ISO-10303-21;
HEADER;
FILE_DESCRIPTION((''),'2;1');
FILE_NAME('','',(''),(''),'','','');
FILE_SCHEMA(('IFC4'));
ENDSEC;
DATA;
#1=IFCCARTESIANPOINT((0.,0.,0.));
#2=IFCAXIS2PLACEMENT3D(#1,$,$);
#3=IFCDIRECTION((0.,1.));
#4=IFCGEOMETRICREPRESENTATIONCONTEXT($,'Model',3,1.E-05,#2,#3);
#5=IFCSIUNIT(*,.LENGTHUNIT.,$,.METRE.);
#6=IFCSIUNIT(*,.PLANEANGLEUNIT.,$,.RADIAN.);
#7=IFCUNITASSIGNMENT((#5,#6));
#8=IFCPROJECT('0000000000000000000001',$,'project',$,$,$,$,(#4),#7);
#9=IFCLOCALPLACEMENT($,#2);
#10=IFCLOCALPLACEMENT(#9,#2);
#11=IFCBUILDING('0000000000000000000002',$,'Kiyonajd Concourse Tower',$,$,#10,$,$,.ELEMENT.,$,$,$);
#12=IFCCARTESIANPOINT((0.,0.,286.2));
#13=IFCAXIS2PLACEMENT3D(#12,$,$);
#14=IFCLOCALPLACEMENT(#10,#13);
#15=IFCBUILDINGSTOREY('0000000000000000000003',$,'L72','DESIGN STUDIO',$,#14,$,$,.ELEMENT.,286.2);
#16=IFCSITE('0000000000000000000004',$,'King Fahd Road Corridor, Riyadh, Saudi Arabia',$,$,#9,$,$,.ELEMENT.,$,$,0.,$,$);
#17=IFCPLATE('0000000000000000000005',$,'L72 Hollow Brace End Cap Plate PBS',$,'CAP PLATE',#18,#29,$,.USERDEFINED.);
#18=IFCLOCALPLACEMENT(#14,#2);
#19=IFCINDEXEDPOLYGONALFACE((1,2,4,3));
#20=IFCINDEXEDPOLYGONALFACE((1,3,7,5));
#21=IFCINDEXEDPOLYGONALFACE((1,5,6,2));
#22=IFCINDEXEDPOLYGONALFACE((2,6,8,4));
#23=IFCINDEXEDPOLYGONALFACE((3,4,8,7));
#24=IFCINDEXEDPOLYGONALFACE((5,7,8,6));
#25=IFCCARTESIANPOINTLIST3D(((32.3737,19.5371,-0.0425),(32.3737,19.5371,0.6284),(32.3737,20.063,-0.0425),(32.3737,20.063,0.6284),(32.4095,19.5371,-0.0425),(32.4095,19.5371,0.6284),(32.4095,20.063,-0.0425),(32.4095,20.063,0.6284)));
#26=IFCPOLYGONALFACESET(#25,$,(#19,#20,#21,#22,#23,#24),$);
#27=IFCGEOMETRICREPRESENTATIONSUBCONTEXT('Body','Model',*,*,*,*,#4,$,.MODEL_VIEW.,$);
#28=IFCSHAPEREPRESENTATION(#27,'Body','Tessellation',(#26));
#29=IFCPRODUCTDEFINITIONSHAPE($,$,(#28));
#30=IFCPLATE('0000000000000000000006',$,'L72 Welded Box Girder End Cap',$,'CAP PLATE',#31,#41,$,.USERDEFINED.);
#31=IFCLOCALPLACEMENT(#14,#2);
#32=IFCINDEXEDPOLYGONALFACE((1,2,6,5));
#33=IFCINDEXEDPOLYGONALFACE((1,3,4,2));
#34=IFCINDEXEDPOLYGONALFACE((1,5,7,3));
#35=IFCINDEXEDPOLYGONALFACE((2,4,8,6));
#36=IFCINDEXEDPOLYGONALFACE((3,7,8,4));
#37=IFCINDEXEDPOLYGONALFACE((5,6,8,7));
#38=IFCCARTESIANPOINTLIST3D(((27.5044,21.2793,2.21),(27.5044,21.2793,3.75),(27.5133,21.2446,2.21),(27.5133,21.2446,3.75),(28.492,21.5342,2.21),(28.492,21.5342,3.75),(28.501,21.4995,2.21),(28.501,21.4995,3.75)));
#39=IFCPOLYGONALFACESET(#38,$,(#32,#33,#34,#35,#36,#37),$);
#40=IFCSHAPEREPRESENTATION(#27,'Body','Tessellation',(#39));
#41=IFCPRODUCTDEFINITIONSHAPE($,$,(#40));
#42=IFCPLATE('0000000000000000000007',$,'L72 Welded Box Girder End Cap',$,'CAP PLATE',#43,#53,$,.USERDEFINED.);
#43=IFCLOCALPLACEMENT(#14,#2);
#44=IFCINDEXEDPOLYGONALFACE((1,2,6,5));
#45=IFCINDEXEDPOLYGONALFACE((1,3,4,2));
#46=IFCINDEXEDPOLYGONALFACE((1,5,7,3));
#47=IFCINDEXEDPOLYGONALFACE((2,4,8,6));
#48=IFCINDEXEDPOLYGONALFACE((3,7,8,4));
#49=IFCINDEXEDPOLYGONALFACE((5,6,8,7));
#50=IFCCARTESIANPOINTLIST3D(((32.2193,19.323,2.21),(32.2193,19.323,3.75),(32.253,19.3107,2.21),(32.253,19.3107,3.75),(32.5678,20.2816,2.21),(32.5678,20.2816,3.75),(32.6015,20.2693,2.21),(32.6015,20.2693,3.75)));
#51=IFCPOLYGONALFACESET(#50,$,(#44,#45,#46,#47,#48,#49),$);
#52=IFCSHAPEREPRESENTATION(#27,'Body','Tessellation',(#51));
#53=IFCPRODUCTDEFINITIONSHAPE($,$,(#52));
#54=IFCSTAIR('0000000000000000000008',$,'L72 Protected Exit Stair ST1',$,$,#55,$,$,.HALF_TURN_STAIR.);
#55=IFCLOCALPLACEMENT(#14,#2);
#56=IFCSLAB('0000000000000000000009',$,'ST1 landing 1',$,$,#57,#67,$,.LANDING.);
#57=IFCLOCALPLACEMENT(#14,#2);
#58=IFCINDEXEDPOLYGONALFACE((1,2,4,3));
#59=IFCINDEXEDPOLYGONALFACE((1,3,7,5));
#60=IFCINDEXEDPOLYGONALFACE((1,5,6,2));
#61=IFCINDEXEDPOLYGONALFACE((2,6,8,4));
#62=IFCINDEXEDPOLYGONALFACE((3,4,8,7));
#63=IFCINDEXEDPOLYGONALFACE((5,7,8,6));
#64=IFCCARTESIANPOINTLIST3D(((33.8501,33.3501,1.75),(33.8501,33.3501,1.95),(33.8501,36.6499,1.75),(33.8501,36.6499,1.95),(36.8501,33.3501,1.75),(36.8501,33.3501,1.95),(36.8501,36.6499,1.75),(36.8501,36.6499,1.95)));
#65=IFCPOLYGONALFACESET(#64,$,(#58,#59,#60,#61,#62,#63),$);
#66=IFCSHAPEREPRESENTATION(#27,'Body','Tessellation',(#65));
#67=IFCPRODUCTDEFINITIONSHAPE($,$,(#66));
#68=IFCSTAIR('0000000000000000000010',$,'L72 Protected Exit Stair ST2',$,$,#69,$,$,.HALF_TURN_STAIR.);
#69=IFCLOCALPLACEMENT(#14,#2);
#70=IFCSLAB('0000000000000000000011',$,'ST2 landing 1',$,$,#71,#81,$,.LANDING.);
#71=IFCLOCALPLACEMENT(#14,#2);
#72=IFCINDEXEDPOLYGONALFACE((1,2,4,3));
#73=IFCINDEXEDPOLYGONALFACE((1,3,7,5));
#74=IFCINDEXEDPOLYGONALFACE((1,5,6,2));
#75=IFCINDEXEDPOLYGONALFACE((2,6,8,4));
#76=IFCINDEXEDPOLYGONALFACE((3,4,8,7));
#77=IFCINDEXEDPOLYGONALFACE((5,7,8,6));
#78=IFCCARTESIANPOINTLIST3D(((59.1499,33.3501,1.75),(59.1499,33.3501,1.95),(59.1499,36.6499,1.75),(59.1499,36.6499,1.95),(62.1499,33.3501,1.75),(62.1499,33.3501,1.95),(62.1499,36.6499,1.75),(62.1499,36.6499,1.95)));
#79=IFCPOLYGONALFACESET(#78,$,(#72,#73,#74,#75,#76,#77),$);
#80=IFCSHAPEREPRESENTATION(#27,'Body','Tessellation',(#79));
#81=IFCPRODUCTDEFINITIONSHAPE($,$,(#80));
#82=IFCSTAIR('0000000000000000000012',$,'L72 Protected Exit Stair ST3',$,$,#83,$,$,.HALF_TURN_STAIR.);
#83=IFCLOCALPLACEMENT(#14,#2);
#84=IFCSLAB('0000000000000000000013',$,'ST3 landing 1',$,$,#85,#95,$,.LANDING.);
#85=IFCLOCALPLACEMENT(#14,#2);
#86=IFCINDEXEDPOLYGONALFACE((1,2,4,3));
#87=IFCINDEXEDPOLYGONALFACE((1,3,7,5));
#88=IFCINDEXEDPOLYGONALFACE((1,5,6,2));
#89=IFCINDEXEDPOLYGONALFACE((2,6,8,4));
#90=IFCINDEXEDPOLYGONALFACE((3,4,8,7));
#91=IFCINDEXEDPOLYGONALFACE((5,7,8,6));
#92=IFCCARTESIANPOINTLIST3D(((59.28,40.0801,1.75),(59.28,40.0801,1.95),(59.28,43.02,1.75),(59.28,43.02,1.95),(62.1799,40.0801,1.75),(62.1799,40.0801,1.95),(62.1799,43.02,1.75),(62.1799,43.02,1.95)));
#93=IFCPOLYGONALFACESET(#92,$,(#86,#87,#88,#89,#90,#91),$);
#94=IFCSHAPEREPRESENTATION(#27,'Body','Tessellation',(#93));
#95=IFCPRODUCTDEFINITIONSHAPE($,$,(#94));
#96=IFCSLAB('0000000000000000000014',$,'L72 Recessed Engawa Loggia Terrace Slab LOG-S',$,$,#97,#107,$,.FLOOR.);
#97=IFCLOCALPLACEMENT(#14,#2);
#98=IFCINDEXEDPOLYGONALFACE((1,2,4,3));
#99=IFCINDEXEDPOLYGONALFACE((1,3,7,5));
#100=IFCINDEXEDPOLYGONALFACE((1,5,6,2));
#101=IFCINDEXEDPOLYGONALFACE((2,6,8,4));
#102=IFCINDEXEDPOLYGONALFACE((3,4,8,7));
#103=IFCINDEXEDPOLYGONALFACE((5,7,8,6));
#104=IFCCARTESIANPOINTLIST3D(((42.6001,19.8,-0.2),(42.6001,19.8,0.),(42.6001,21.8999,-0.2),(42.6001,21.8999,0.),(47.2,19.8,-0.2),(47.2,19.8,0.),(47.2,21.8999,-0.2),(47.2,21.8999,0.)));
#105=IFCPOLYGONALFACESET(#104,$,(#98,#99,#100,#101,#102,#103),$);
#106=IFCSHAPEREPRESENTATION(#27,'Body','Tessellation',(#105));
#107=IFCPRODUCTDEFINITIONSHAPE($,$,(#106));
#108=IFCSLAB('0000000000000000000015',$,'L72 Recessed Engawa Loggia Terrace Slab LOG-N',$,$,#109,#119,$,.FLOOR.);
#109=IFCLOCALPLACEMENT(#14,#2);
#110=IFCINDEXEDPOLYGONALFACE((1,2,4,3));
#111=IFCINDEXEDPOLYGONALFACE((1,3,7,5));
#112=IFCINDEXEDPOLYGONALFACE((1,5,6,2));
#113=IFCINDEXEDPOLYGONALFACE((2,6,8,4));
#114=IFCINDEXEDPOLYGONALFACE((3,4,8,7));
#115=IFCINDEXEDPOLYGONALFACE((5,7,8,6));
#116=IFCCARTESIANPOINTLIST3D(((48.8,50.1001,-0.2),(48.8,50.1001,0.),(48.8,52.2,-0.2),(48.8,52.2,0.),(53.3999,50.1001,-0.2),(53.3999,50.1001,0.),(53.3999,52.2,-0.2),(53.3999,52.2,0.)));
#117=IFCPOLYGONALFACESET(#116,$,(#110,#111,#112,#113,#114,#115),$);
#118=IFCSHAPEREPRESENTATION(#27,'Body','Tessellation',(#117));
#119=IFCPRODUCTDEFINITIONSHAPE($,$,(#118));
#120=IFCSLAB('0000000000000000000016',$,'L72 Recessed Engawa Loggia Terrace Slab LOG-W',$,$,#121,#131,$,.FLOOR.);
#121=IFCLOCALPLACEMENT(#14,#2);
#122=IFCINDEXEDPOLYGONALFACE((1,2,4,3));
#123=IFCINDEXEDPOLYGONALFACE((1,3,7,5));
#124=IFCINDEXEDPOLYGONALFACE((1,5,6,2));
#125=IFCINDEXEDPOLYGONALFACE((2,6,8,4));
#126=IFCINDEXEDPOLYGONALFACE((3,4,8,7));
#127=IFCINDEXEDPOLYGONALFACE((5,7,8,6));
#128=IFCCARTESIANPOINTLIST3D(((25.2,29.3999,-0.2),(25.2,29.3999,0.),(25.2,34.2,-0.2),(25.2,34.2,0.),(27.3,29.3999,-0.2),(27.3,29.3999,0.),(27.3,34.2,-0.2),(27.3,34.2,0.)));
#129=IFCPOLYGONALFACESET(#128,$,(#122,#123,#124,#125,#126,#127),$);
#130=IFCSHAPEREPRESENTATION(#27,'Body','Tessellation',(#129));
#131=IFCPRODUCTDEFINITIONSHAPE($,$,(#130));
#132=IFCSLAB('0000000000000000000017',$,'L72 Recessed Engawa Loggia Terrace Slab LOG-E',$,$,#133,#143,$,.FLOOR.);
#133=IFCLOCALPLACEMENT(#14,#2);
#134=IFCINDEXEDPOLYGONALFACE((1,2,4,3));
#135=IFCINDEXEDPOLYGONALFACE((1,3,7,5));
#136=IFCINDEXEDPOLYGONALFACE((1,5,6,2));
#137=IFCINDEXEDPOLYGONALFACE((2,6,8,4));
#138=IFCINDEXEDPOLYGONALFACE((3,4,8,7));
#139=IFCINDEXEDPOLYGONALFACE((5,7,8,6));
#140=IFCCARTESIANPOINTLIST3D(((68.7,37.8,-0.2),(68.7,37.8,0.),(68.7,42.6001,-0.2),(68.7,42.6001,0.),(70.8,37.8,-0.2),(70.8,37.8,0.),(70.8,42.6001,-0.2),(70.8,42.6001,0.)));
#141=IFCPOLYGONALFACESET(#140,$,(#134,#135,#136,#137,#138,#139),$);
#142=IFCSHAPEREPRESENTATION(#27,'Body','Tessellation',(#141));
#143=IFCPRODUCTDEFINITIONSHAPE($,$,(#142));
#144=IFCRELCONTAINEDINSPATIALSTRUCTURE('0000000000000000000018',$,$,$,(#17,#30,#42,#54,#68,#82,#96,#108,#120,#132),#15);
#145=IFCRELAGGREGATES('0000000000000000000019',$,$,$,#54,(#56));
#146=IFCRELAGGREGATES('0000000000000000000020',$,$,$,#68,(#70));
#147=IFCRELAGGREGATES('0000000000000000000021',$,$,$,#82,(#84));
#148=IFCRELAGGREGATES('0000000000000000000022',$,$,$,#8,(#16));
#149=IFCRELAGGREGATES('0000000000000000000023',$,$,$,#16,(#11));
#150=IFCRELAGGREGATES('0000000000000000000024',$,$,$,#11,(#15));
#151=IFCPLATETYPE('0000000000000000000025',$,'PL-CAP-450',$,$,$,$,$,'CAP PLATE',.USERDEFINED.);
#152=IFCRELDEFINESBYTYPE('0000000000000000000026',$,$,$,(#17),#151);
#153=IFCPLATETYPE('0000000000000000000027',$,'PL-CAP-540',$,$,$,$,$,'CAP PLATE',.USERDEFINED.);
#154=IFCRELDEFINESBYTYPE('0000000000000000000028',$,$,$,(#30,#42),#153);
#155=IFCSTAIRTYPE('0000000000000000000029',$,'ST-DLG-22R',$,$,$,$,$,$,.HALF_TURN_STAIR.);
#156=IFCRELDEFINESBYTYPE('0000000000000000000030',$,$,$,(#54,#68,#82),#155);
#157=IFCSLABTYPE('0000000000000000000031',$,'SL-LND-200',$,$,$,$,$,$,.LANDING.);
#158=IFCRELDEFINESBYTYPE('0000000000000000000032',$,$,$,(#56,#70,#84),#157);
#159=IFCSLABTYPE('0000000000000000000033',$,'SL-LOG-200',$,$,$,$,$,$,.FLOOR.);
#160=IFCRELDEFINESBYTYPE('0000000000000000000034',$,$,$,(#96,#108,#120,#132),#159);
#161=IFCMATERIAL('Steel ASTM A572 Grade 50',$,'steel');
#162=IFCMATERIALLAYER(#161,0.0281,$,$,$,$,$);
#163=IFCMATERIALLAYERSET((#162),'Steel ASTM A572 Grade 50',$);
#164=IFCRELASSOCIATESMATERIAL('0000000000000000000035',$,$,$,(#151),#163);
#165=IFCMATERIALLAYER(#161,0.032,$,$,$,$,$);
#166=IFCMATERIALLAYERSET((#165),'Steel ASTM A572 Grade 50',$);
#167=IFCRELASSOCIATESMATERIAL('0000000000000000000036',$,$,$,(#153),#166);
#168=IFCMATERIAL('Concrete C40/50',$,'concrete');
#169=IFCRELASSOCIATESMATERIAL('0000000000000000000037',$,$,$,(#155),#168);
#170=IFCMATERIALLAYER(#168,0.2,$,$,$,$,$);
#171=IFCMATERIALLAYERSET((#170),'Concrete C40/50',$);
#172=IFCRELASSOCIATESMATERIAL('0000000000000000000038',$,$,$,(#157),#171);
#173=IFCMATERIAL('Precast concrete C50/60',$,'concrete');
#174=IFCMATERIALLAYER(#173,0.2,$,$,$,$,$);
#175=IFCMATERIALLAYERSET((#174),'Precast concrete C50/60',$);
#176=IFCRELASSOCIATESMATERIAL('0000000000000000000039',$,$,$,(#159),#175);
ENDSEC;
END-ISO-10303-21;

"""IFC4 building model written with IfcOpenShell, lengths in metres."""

from ifc_helpers import new_model, si_unit, direction, frame, origin, origin_2d, place, context, subcontext, project, spatial, polyline, rectangle, outline, extrude, material, layer, layer_set, type_object, element, aggregate, save


model = new_model("IFC4")

# Units and contexts
model_context = context("Model", 3, precision=1e-05, world=origin(), true_north=direction((0.0, 1.0)))
body_context = subcontext(model_context, "Body", "Model", "MODEL_VIEW")
ifc_project = project(units=[si_unit("LENGTHUNIT", "METRE"), si_unit("PLANEANGLEUNIT", "RADIAN")], contexts=[model_context])

# Site, building, storey
site_placement = place(None, origin())
site = spatial("IfcSite", under=ifc_project, at=site_placement, Name="King Fahd Road Corridor, Riyadh, Saudi Arabia", CompositionType="ELEMENT", RefElevation=0.0)
building_placement = place(site_placement, origin())
building = spatial("IfcBuilding", under=site, at=building_placement, Name="Kiyonajd Concourse Tower", CompositionType="ELEMENT")
storey_placement = place(building_placement, frame((0.0, 0.0, 286.2)))
storey = spatial("IfcBuildingStorey", under=building, at=storey_placement, Name="L72", Description="DESIGN STUDIO", CompositionType="ELEMENT", Elevation=286.2)

# Shared definitions
ifc_material_1 = material(Name="Steel ASTM A572 Grade 50", Category="steel")

# Plates
ifc_layer_1 = layer(ifc_material_1, 0.0281)
ifc_layer_set_1 = layer_set([ifc_layer_1], Name="Steel ASTM A572 Grade 50")
plate_type_1 = type_object("IfcPlateType", Name="PL-CAP-450", ElementType="CAP PLATE", PredefinedType="USERDEFINED", material=ifc_layer_set_1)
plate_placement = place(storey_placement, frame((32.3916, 19.8, -0.0425), z_axis=(0.0, 0.0, 1.0), x_axis=(-1.0, 0.0, 0.0)))
element("IfcPlate", 1, at=plate_placement, inside=storey, type_object=plate_type_1, Name="L72 Hollow Brace End Cap Plate PBS", ObjectType="CAP PLATE", PredefinedType="USERDEFINED", context=body_context, shape_type="SweptSolid", body=[
    extrude(rectangle(XDim=0.0359, YDim=0.5259, at=origin_2d()), origin(), (0.0, 0.0, 1.0), 0.6709),
])
ifc_layer_2 = layer(ifc_material_1, 0.032)
ifc_layer_set_2 = layer_set([ifc_layer_2], Name="Steel ASTM A572 Grade 50")
plate_type_2 = type_object("IfcPlateType", Name="PL-CAP-540", ElementType="CAP PLATE", PredefinedType="USERDEFINED", material=ifc_layer_set_2)
for number, where, z_axis, x_axis, name in (
    (2, (28.0027, 21.3894, 2.21), (0.0, 0.0, 1.0), (0.249873, -0.968279, 0.0), "L72 Welded Box Girder End Cap"),
    (3, (32.4104, 19.7961, 2.21), (0.0, 0.0, 1.0), (0.939812, -0.341692, 0.0), "L72 Welded Box Girder End Cap"),
):
    element("IfcPlate", number, at=place(storey_placement, frame(where, z_axis=z_axis, x_axis=x_axis)), inside=storey, type_object=plate_type_2, Name=name, ObjectType="CAP PLATE", PredefinedType="USERDEFINED", context=body_context, shape_type="SweptSolid", body=[
        extrude(rectangle(XDim=0.0359, YDim=1.02, at=origin_2d()), origin(), (0.0, 0.0, 1.0), 1.54),
    ])

# Stairs, slabs
ifc_material_2 = material(Name="Concrete C40/50", Category="concrete")
stair_type = type_object("IfcStairType", Name="ST-DLG-22R", PredefinedType="HALF_TURN_STAIR", material=ifc_material_2)
stair_1_placement = place(storey_placement, origin())
stair_1 = element("IfcStair", 4, at=stair_1_placement, inside=storey, type_object=stair_type, Name="L72 Protected Exit Stair ST1", PredefinedType="HALF_TURN_STAIR")
ifc_layer_3 = layer(ifc_material_2, 0.2)
ifc_layer_set_3 = layer_set([ifc_layer_3], Name="Concrete C40/50")
slab_type_1 = type_object("IfcSlabType", Name="SL-LND-200", PredefinedType="LANDING", material=ifc_layer_set_3)
slab_1_placement = place(storey_placement, frame((0.0, 0.0, 1.75)))
slab_1 = element("IfcSlab", 5, at=slab_1_placement, type_object=slab_type_1, Name="ST1 landing 1", PredefinedType="LANDING", context=body_context, shape_type="SweptSolid", body=[
    extrude(outline(polyline([(36.8501, 33.3501), (36.8501, 36.6499), (33.8501, 36.6499), (33.8501, 33.3501), (36.8501, 33.3501)])), origin(), (0.0, 0.0, 1.0), 0.2),
])
aggregate(stair_1, [slab_1])
stair_2_placement = place(storey_placement, origin())
stair_2 = element("IfcStair", 6, at=stair_2_placement, inside=storey, type_object=stair_type, Name="L72 Protected Exit Stair ST2", PredefinedType="HALF_TURN_STAIR")
slab_2_placement = place(storey_placement, frame((0.0, 0.0, 1.75)))
slab_2 = element("IfcSlab", 7, at=slab_2_placement, type_object=slab_type_1, Name="ST2 landing 1", PredefinedType="LANDING", context=body_context, shape_type="SweptSolid", body=[
    extrude(outline(polyline([(62.1499, 33.3501), (62.1499, 36.6499), (59.1499, 36.6499), (59.1499, 33.3501), (62.1499, 33.3501)])), origin(), (0.0, 0.0, 1.0), 0.2),
])
aggregate(stair_2, [slab_2])
stair_3_placement = place(storey_placement, origin())
stair_3 = element("IfcStair", 8, at=stair_3_placement, inside=storey, type_object=stair_type, Name="L72 Protected Exit Stair ST3", PredefinedType="HALF_TURN_STAIR")
slab_3_placement = place(storey_placement, frame((0.0, 0.0, 1.75)))
slab_3 = element("IfcSlab", 9, at=slab_3_placement, type_object=slab_type_1, Name="ST3 landing 1", PredefinedType="LANDING", context=body_context, shape_type="SweptSolid", body=[
    extrude(outline(polyline([(59.28, 40.0801), (62.1799, 40.0801), (62.1799, 43.02), (59.28, 43.02), (59.28, 40.0801)])), origin(), (0.0, 0.0, 1.0), 0.2),
])
aggregate(stair_3, [slab_3])

# Slabs
ifc_material_3 = material(Name="Precast concrete C50/60", Category="concrete")
ifc_layer_4 = layer(ifc_material_3, 0.2)
ifc_layer_set_4 = layer_set([ifc_layer_4], Name="Precast concrete C50/60")
slab_type_2 = type_object("IfcSlabType", Name="SL-LOG-200", PredefinedType="FLOOR", material=ifc_layer_set_4)
slab_4_placement = place(storey_placement, frame((0.0, 0.0, -0.2)))
element("IfcSlab", 10, at=slab_4_placement, inside=storey, type_object=slab_type_2, Name="L72 Recessed Engawa Loggia Terrace Slab LOG-S", PredefinedType="FLOOR", context=body_context, shape_type="SweptSolid", body=[
    extrude(outline(polyline([(42.6001, 19.8), (47.2, 19.8), (47.2, 21.8999), (42.6001, 21.8999), (42.6001, 19.8)])), origin(), (0.0, 0.0, 1.0), 0.2),
])
slab_5_placement = place(storey_placement, frame((0.0, 0.0, -0.2)))
element("IfcSlab", 11, at=slab_5_placement, inside=storey, type_object=slab_type_2, Name="L72 Recessed Engawa Loggia Terrace Slab LOG-N", PredefinedType="FLOOR", context=body_context, shape_type="SweptSolid", body=[
    extrude(outline(polyline([(48.8, 50.1001), (53.3999, 50.1001), (53.3999, 52.2), (48.8, 52.2), (48.8, 50.1001)])), origin(), (0.0, 0.0, 1.0), 0.2),
])
slab_6_placement = place(storey_placement, frame((0.0, 0.0, -0.2)))
element("IfcSlab", 12, at=slab_6_placement, inside=storey, type_object=slab_type_2, Name="L72 Recessed Engawa Loggia Terrace Slab LOG-W", PredefinedType="FLOOR", context=body_context, shape_type="SweptSolid", body=[
    extrude(outline(polyline([(25.2, 29.3999), (27.3, 29.3999), (27.3, 34.2), (25.2, 34.2), (25.2, 29.3999)])), origin(), (0.0, 0.0, 1.0), 0.2),
])
slab_7_placement = place(storey_placement, frame((0.0, 0.0, -0.2)))
element("IfcSlab", 13, at=slab_7_placement, inside=storey, type_object=slab_type_2, Name="L72 Recessed Engawa Loggia Terrace Slab LOG-E", PredefinedType="FLOOR", context=body_context, shape_type="SweptSolid", body=[
    extrude(outline(polyline([(68.7, 37.8), (70.8, 37.8), (70.8, 42.6001), (68.7, 42.6001), (68.7, 37.8)])), origin(), (0.0, 0.0, 1.0), 0.2),
])

save(model, "model.ifc")
